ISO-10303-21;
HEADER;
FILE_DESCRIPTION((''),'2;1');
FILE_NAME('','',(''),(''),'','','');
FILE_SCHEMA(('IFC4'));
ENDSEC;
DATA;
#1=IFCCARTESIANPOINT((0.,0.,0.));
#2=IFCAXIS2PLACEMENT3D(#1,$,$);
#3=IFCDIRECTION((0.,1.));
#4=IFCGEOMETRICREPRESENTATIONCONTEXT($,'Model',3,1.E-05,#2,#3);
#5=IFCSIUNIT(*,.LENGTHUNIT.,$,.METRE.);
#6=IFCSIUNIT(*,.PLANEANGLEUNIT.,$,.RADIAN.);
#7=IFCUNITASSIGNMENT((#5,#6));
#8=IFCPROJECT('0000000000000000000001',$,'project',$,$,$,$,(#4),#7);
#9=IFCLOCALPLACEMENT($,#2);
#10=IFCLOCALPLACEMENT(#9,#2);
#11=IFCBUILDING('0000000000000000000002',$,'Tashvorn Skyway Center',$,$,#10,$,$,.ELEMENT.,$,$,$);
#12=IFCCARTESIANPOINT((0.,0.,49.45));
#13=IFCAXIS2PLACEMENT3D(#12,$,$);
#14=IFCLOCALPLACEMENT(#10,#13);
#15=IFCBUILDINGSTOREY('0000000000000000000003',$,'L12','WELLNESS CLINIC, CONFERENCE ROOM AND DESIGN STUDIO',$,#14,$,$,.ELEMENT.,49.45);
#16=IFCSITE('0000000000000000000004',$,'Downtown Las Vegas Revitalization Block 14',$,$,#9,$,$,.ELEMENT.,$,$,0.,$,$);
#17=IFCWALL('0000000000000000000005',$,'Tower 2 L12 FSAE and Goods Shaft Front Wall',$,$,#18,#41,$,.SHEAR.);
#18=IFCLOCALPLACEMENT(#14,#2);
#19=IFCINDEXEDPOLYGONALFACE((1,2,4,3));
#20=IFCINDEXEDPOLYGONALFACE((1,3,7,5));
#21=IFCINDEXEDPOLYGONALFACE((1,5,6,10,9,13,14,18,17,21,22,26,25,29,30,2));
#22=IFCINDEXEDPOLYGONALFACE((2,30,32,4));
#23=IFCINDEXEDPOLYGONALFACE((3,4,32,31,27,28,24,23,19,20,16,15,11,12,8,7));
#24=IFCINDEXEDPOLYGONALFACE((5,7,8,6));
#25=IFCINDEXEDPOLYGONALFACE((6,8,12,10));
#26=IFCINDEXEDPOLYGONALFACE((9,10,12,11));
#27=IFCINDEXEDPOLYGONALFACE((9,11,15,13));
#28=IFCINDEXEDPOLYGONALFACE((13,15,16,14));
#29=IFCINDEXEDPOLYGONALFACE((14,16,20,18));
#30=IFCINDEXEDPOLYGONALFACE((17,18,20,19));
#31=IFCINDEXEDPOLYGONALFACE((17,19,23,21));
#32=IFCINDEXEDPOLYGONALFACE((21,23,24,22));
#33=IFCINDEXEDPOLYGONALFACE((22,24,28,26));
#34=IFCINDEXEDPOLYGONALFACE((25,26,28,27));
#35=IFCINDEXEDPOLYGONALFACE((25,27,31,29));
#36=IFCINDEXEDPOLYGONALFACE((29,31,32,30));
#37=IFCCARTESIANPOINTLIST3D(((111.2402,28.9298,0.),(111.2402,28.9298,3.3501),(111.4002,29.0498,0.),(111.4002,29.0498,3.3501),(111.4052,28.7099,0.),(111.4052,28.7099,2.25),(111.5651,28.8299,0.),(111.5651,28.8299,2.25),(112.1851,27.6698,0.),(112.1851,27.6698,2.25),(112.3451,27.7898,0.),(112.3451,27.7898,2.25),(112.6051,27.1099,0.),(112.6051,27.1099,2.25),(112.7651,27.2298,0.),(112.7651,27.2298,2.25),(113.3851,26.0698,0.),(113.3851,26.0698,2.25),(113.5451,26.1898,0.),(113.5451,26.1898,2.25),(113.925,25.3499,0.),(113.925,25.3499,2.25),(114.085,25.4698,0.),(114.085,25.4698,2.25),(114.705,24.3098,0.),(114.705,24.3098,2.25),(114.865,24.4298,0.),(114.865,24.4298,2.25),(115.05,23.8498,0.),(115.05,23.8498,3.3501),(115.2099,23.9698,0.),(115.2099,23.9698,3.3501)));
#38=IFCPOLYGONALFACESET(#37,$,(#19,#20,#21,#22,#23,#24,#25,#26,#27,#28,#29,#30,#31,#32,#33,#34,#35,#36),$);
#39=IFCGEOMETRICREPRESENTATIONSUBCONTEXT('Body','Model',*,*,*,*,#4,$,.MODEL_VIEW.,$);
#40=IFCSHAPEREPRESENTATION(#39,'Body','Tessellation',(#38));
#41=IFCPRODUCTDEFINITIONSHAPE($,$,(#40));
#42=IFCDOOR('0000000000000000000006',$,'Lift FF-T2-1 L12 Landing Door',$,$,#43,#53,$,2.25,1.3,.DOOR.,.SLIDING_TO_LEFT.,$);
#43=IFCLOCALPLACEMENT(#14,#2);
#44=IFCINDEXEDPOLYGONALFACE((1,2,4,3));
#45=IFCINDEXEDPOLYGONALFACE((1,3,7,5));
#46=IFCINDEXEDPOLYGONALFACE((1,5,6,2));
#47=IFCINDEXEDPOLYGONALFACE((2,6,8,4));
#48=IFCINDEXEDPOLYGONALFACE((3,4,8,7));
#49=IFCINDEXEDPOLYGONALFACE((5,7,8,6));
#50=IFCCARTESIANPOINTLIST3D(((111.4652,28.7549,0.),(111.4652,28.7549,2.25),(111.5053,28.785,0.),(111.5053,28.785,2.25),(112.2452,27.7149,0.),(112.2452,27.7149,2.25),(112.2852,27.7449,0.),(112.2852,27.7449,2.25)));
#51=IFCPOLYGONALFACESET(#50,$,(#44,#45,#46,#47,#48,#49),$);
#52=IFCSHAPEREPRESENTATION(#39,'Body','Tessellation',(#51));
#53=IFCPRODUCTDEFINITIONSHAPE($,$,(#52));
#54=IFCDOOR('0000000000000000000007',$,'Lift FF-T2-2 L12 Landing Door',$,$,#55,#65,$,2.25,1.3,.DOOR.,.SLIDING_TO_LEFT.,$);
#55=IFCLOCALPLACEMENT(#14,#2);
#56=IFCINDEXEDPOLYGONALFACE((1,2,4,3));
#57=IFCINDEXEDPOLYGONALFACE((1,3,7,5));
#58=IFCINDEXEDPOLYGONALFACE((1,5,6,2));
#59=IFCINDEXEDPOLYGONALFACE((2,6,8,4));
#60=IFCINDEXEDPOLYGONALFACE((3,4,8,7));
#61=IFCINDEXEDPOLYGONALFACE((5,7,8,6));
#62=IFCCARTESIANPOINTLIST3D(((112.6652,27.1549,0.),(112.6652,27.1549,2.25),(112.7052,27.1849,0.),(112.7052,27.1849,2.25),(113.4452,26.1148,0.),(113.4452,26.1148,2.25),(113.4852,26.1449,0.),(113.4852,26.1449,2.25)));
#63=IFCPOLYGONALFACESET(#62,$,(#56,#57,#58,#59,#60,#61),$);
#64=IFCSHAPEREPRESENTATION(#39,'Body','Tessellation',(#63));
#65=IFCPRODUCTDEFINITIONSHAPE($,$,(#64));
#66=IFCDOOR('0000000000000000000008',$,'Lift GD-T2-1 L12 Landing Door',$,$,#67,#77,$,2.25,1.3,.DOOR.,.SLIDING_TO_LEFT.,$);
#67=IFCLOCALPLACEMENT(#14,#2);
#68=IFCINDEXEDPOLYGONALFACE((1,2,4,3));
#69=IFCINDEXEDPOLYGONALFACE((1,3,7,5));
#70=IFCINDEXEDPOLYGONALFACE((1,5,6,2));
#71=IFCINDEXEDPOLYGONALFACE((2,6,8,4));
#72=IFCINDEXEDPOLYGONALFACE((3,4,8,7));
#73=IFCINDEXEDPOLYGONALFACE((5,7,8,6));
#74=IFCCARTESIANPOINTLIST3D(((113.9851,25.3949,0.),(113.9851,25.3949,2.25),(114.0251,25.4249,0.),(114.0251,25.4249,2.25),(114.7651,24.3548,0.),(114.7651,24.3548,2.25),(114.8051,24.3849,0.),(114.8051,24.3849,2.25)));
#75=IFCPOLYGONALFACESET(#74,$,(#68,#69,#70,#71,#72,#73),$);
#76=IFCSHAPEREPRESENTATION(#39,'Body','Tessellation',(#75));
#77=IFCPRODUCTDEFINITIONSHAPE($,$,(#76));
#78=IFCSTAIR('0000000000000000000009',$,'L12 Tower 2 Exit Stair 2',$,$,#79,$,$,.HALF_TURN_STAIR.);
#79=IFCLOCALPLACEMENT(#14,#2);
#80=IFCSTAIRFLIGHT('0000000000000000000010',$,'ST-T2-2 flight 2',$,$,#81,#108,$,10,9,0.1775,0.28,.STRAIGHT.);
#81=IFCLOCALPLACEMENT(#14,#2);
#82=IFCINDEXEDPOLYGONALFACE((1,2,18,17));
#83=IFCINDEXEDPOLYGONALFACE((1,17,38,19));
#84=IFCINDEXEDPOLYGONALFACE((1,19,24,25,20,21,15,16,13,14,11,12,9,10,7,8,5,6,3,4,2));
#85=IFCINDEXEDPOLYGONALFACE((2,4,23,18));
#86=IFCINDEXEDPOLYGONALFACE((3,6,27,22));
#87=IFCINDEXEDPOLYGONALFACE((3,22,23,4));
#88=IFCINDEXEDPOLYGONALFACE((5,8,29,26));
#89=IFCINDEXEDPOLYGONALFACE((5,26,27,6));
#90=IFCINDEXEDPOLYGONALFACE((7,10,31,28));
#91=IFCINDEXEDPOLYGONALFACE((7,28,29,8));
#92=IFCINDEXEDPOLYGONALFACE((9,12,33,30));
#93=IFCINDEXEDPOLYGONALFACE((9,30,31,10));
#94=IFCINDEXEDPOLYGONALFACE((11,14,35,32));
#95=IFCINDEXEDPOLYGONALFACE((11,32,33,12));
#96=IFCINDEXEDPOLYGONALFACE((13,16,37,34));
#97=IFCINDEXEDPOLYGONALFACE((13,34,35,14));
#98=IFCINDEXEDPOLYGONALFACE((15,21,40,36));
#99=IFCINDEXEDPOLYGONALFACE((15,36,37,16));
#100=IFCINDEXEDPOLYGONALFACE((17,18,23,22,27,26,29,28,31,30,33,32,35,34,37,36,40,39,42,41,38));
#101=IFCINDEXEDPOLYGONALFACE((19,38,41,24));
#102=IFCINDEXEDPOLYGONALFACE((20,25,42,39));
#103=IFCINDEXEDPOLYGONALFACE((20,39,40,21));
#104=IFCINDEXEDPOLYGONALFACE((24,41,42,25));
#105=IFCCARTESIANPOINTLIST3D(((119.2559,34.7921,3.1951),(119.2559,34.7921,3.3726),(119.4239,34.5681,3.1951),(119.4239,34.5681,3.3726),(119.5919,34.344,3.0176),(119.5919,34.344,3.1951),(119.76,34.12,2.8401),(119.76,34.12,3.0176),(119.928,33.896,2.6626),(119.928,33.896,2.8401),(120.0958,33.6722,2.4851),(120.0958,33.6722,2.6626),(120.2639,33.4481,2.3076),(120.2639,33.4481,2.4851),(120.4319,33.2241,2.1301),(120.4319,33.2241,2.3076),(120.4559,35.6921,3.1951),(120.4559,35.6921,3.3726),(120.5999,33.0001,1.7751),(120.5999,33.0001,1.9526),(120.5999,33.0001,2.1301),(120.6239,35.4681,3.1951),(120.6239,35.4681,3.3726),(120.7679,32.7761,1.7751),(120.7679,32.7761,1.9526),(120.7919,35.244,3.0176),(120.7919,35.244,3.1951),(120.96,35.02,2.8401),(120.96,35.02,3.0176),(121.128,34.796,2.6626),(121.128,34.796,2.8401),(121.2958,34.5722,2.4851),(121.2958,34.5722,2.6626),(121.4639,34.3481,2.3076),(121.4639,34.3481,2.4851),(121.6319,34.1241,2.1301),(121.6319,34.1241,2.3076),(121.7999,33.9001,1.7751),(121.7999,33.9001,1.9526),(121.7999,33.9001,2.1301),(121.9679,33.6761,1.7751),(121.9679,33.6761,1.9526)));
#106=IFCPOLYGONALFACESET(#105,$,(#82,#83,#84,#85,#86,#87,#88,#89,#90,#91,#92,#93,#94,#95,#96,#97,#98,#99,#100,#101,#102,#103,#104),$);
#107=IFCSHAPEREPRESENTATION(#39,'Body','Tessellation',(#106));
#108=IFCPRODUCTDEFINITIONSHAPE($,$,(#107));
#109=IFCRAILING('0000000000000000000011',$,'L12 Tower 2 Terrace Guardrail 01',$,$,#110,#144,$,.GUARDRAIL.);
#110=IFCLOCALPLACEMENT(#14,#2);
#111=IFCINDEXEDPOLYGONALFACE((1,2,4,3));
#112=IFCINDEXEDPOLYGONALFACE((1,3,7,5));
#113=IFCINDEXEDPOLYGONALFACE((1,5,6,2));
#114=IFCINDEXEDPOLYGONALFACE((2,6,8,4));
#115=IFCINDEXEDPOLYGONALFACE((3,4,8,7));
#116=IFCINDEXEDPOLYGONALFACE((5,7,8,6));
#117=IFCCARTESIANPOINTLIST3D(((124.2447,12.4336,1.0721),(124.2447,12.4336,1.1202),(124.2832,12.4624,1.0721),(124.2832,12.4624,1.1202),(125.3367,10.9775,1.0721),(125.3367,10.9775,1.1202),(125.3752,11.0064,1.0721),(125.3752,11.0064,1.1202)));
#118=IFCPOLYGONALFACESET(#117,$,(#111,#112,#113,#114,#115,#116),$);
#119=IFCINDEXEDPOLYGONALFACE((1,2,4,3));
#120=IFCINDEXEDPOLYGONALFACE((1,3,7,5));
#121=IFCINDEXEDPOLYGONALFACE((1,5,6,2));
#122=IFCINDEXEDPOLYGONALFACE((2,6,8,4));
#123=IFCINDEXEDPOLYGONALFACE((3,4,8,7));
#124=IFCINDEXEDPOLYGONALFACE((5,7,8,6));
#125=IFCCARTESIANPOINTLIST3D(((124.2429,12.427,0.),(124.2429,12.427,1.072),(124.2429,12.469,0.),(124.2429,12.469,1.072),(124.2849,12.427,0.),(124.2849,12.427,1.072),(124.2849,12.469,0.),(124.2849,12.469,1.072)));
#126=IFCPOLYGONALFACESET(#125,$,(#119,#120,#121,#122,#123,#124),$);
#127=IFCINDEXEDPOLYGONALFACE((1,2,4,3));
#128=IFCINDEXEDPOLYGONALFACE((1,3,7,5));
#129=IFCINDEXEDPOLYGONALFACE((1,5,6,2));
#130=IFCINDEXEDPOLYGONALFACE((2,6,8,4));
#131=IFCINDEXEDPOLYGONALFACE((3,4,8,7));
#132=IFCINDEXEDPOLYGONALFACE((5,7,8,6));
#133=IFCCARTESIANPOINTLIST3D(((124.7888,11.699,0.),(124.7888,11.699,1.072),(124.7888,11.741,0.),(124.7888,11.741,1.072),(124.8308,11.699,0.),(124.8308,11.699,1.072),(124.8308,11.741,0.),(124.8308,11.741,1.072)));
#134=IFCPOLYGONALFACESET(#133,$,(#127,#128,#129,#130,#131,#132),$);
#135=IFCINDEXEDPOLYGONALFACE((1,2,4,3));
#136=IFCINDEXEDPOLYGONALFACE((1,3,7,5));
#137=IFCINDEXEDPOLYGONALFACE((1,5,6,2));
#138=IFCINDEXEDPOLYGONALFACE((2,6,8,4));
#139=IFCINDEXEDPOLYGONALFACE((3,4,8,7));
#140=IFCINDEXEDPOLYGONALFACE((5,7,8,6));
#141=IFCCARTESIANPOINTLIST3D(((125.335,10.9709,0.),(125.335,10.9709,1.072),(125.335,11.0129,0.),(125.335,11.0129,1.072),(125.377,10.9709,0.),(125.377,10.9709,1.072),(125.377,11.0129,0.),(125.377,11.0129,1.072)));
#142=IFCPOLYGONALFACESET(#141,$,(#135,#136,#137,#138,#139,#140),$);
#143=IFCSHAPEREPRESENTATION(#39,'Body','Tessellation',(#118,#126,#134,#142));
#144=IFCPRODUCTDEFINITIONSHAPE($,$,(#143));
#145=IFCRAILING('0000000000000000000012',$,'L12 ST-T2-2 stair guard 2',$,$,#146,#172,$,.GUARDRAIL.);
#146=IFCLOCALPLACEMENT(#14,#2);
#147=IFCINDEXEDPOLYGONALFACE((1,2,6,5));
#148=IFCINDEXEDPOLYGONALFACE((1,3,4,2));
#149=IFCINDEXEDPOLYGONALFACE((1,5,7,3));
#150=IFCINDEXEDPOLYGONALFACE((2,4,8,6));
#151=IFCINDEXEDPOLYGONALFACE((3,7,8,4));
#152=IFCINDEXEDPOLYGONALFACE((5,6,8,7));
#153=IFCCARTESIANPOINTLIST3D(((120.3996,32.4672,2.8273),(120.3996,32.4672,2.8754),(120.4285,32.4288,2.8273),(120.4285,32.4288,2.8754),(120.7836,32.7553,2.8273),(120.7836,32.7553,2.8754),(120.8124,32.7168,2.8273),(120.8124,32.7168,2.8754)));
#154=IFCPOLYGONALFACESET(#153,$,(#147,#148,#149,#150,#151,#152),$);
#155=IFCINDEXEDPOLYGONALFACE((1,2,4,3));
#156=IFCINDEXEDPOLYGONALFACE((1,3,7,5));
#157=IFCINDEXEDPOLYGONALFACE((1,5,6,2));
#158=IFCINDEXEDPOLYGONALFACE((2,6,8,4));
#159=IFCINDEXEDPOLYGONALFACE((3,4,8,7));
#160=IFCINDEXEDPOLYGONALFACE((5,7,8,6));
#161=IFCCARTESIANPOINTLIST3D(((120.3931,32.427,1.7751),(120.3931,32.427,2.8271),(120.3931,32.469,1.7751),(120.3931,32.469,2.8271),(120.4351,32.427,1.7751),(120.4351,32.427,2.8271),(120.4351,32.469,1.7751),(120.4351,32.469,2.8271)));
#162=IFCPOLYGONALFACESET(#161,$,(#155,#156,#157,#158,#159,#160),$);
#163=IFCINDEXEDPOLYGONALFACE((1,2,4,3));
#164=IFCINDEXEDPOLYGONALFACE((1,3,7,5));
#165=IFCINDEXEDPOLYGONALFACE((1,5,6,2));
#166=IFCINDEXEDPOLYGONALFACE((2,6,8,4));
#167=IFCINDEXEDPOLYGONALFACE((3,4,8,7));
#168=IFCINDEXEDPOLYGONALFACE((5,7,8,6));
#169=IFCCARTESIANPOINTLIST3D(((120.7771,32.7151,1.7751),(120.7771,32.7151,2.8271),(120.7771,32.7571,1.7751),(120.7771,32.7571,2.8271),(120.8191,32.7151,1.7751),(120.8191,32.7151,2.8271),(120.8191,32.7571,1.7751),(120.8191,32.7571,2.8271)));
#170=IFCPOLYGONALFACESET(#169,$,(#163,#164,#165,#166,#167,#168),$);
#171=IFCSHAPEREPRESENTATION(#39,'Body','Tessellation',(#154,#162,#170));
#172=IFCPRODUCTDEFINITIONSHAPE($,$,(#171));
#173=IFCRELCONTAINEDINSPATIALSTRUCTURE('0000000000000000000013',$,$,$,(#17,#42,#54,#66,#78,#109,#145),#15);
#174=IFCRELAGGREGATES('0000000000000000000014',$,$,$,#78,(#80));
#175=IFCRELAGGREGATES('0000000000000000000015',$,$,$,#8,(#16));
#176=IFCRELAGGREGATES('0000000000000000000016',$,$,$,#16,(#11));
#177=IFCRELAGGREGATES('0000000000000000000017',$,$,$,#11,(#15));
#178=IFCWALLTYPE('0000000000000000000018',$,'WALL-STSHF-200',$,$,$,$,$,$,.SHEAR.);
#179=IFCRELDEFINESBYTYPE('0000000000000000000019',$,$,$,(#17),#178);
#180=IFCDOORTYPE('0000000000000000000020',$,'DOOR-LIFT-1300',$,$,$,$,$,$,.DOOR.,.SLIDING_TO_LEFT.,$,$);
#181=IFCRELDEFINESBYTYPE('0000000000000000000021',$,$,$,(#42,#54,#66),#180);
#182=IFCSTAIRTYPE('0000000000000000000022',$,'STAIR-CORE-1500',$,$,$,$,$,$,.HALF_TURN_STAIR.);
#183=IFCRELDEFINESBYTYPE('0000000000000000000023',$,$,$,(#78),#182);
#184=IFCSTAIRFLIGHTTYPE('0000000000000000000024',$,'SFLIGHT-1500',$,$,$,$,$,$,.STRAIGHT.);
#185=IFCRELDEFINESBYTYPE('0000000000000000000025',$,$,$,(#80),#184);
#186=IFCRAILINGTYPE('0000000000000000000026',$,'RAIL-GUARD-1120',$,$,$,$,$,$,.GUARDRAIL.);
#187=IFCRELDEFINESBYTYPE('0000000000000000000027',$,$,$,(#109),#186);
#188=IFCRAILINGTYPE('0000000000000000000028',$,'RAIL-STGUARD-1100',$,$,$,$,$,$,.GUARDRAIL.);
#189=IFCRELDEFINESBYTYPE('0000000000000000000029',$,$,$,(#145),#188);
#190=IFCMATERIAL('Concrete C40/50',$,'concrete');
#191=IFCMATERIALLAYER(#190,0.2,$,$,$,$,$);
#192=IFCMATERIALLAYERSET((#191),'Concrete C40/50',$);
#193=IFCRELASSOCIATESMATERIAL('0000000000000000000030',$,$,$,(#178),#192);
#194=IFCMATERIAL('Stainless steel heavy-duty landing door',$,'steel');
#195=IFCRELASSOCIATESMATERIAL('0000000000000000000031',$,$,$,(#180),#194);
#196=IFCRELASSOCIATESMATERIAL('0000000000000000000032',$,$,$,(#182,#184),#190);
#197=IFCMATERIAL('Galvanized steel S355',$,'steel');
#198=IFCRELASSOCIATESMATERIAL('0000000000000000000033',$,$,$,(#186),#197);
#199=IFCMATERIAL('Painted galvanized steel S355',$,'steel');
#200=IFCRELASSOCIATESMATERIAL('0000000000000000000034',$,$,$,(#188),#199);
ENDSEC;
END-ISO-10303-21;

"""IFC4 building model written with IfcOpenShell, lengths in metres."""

from ifc_helpers import new_model, si_unit, direction, frame, frame_2d, origin, origin_2d, place, context, subcontext, project, spatial, polyline, rectangle, outline, extrude, material, layer, layer_set, type_object, element, fill, aggregate, save


model = new_model("IFC4")

# Units and contexts
model_context = context("Model", 3, precision=1e-05, world=origin(), true_north=direction((0.0, 1.0)))
body_context = subcontext(model_context, "Body", "Model", "MODEL_VIEW")
ifc_project = project(units=[si_unit("LENGTHUNIT", "METRE"), si_unit("PLANEANGLEUNIT", "RADIAN")], contexts=[model_context])

# Site, building, storey
site_placement = place(None, origin())
site = spatial("IfcSite", under=ifc_project, at=site_placement, Name="Downtown Las Vegas Revitalization Block 14", CompositionType="ELEMENT", RefElevation=0.0)
building_placement = place(site_placement, origin())
building = spatial("IfcBuilding", under=site, at=building_placement, Name="Tashvorn Skyway Center", CompositionType="ELEMENT")
storey_placement = place(building_placement, frame((0.0, 0.0, 49.45)))
storey = spatial("IfcBuildingStorey", under=building, at=storey_placement, Name="L12", Description="WELLNESS CLINIC, CONFERENCE ROOM AND DESIGN STUDIO", CompositionType="ELEMENT", Elevation=49.45)

# Shared definitions
ifc_material_1 = material(Name="Concrete C40/50", Category="concrete")

# Shared definitions
ifc_layer_1 = layer(ifc_material_1, 0.2)
ifc_layer_set_1 = layer_set([ifc_layer_1], Name="Concrete C40/50")
wall_type_1 = type_object("IfcWallType", Name="WALL-STSHF-200", PredefinedType="SHEAR", material=ifc_layer_set_1)

# Wall, openings, doors
wall_1_placement = place(storey_placement, frame((115.1299, 23.9099, 0.0), z_axis=(0.0, 0.0, 1.0), x_axis=(-0.599975, 0.800018, 0.0)))
wall_1 = element("IfcWall", 1, at=wall_1_placement, inside=storey, type_object=wall_type_1, Name="Tower 2 L12 FSAE and Goods Shaft Front Wall", PredefinedType="SHEAR", context=body_context, shape_type="SweptSolid", body=[
    extrude(rectangle(XDim=6.3499, YDim=0.2, at=frame_2d((3.1748, 0.0))), origin(), (0.0, 0.0, 1.0), 3.3501),
])
opening_1_placement = place(wall_1_placement, frame((4.7749, 0.0, 0.0)))
opening_1 = element("IfcOpeningElement", 2, at=opening_1_placement, cuts=wall_1, PredefinedType="OPENING", context=body_context, shape_type="SweptSolid", body=[
    extrude(rectangle(XDim=1.3, YDim=2.25, at=frame_2d((0.6499, 1.125))), frame((0.0, 0.1099, 0.0), z_axis=(0.0, -1.0, 0.0), x_axis=(1.0, 0.0, 0.0)), (0.0, 0.0, 1.0), 0.22),
])
opening_2_placement = place(wall_1_placement, frame((2.7749, 0.0, 0.0)))
opening_2 = element("IfcOpeningElement", 3, at=opening_2_placement, cuts=wall_1, PredefinedType="OPENING", context=body_context, shape_type="SweptSolid", body=[
    extrude(rectangle(XDim=1.3, YDim=2.25, at=frame_2d((0.6499, 1.125))), frame((0.0, 0.1099, 0.0), z_axis=(0.0, -1.0, 0.0), x_axis=(1.0, 0.0, 0.0)), (0.0, 0.0, 1.0), 0.22),
])
opening_3_placement = place(wall_1_placement, frame((0.575, 0.0, 0.0)))
opening_3 = element("IfcOpeningElement", 4, at=opening_3_placement, cuts=wall_1, PredefinedType="OPENING", context=body_context, shape_type="SweptSolid", body=[
    extrude(rectangle(XDim=1.3, YDim=2.25, at=frame_2d((0.6499, 1.125))), frame((0.0, 0.1099, 0.0), z_axis=(0.0, -1.0, 0.0), x_axis=(1.0, 0.0, 0.0)), (0.0, 0.0, 1.0), 0.22),
])
ifc_material_2 = material(Name="Stainless steel heavy-duty landing door", Category="steel")
door_type_1 = type_object("IfcDoorType", Name="DOOR-LIFT-1300", OperationType="SLIDING_TO_LEFT", PredefinedType="DOOR", material=ifc_material_2)
door_1_placement = place(opening_1_placement, origin())
door_1 = element("IfcDoor", 5, at=door_1_placement, inside=storey, type_object=door_type_1, Name="Lift FF-T2-1 L12 Landing Door", OperationType="SLIDING_TO_LEFT", OverallHeight=2.25, OverallWidth=1.3, PredefinedType="DOOR", context=body_context, shape_type="SweptSolid", body=[
    extrude(rectangle(XDim=1.3, YDim=2.25, at=frame_2d((0.6499, 1.125))), frame((0.0, 0.0249, 0.0), z_axis=(0.0, -1.0, 0.0), x_axis=(1.0, 0.0, 0.0)), (0.0, 0.0, 1.0), 0.05),
])
fill(opening_1, door_1)
door_2_placement = place(opening_2_placement, origin())
door_2 = element("IfcDoor", 6, at=door_2_placement, inside=storey, type_object=door_type_1, Name="Lift FF-T2-2 L12 Landing Door", OperationType="SLIDING_TO_LEFT", OverallHeight=2.25, OverallWidth=1.3, PredefinedType="DOOR", context=body_context, shape_type="SweptSolid", body=[
    extrude(rectangle(XDim=1.3, YDim=2.25, at=frame_2d((0.6499, 1.125))), frame((0.0, 0.0249, 0.0), z_axis=(0.0, -1.0, 0.0), x_axis=(1.0, 0.0, 0.0)), (0.0, 0.0, 1.0), 0.05),
])
fill(opening_2, door_2)
door_3_placement = place(opening_3_placement, origin())
door_3 = element("IfcDoor", 7, at=door_3_placement, inside=storey, type_object=door_type_1, Name="Lift GD-T2-1 L12 Landing Door", OperationType="SLIDING_TO_LEFT", OverallHeight=2.25, OverallWidth=1.3, PredefinedType="DOOR", context=body_context, shape_type="SweptSolid", body=[
    extrude(rectangle(XDim=1.3, YDim=2.25, at=frame_2d((0.6499, 1.125))), frame((0.0, 0.0249, 0.0), z_axis=(0.0, -1.0, 0.0), x_axis=(1.0, 0.0, 0.0)), (0.0, 0.0, 1.0), 0.05),
])
fill(opening_3, door_3)

# Stair, stair flight
stair_type = type_object("IfcStairType", Name="STAIR-CORE-1500", PredefinedType="HALF_TURN_STAIR", material=ifc_material_1)
stair_placement = place(storey_placement, origin())
stair = element("IfcStair", 8, at=stair_placement, inside=storey, type_object=stair_type, Name="L12 Tower 2 Exit Stair 2", PredefinedType="HALF_TURN_STAIR")
stair_flight_type = type_object("IfcStairFlightType", Name="SFLIGHT-1500", PredefinedType="STRAIGHT", material=ifc_material_1)
stair_flight_placement = place(storey_placement, frame((121.3679, 33.2261, 1.7751), z_axis=(0.0, 0.0, 1.0), x_axis=(-0.6, 0.8, 0.0)))
stair_flight = element("IfcStairFlight", 9, at=stair_flight_placement, type_object=stair_flight_type, Name="ST-T2-2 flight 2", NumberOfRisers=10, NumberOfTreads=9, PredefinedType="STRAIGHT", RiserHeight=0.1775, TreadLength=0.28, context=body_context, shape_type="SweptSolid", body=[
    extrude(outline(polyline([(0.0, 0.0), (0.0, 0.1775), (0.28, 0.1775), (0.28, 0.355), (0.5601, 0.355), (0.5601, 0.5325), (0.8401, 0.5325), (0.8401, 0.71), (1.1201, 0.71), (1.1201, 0.8875), (1.3999, 0.8875), (1.3999, 1.0649), (1.6799, 1.0649), (1.6799, 1.2424), (1.96, 1.2424), (1.96, 1.4199), (2.24, 1.4199), (2.24, 1.5974), (2.52, 1.5974), (2.52, 1.7749), (2.52, 1.4199), (0.28, 0.0), (0.0, 0.0)])), frame((0.0, 0.75, 0.0), z_axis=(0.0, -1.0, 0.0), x_axis=(1.0, 0.0, 0.0)), (0.0, 0.0, 1.0), 1.5),
])
aggregate(stair, [stair_flight])

# Railings
ifc_material_3 = material(Name="Galvanized steel S355", Category="steel")
railing_type_1 = type_object("IfcRailingType", Name="RAIL-GUARD-1120", PredefinedType="GUARDRAIL", material=ifc_material_3)
railing_1_placement = place(storey_placement, frame((124.2639, 12.448, 0.0)))
element("IfcRailing", 10, at=railing_1_placement, inside=storey, type_object=railing_type_1, Name="L12 Tower 2 Terrace Guardrail 01", PredefinedType="GUARDRAIL", context=body_context, shape_type="SweptSolid", body=[
    extrude(rectangle(XDim=0.0481, YDim=0.0481, at=origin_2d()), frame((0.0, 0.0, 1.0962), z_axis=(0.6, -0.8, 0.0), x_axis=(0.8, 0.6, 0.0)), (0.0, 0.0, 1.0), 1.8201),
    extrude(rectangle(XDim=0.042, YDim=0.042, at=origin_2d()), origin(), (0.0, 0.0, 1.0), 1.072),
    extrude(rectangle(XDim=0.042, YDim=0.042, at=origin_2d()), frame((0.5459, -0.728, 0.0)), (0.0, 0.0, 1.0), 1.072),
    extrude(rectangle(XDim=0.042, YDim=0.042, at=origin_2d()), frame((1.092, -1.4561, 0.0)), (0.0, 0.0, 1.0), 1.072),
])
ifc_material_4 = material(Name="Painted galvanized steel S355", Category="steel")
railing_type_2 = type_object("IfcRailingType", Name="RAIL-STGUARD-1100", PredefinedType="GUARDRAIL", material=ifc_material_4)
railing_2_placement = place(storey_placement, frame((120.4141, 32.448, 1.7751)))
element("IfcRailing", 11, at=railing_2_placement, inside=storey, type_object=railing_type_2, Name="L12 ST-T2-2 stair guard 2", PredefinedType="GUARDRAIL", context=body_context, shape_type="SweptSolid", body=[
    extrude(rectangle(XDim=0.0481, YDim=0.0481, at=origin_2d()), frame((0.0, 0.0, 1.0762), z_axis=(0.799939, 0.600081, 0.0), x_axis=(-0.600081, 0.799939, 0.0)), (0.0, 0.0, 1.0), 0.48),
    extrude(rectangle(XDim=0.042, YDim=0.042, at=origin_2d()), origin(), (0.0, 0.0, 1.0), 1.052),
    extrude(rectangle(XDim=0.042, YDim=0.042, at=origin_2d()), frame((0.384, 0.2881, 0.0)), (0.0, 0.0, 1.0), 1.052),
])

save(model, "model.ifc")
